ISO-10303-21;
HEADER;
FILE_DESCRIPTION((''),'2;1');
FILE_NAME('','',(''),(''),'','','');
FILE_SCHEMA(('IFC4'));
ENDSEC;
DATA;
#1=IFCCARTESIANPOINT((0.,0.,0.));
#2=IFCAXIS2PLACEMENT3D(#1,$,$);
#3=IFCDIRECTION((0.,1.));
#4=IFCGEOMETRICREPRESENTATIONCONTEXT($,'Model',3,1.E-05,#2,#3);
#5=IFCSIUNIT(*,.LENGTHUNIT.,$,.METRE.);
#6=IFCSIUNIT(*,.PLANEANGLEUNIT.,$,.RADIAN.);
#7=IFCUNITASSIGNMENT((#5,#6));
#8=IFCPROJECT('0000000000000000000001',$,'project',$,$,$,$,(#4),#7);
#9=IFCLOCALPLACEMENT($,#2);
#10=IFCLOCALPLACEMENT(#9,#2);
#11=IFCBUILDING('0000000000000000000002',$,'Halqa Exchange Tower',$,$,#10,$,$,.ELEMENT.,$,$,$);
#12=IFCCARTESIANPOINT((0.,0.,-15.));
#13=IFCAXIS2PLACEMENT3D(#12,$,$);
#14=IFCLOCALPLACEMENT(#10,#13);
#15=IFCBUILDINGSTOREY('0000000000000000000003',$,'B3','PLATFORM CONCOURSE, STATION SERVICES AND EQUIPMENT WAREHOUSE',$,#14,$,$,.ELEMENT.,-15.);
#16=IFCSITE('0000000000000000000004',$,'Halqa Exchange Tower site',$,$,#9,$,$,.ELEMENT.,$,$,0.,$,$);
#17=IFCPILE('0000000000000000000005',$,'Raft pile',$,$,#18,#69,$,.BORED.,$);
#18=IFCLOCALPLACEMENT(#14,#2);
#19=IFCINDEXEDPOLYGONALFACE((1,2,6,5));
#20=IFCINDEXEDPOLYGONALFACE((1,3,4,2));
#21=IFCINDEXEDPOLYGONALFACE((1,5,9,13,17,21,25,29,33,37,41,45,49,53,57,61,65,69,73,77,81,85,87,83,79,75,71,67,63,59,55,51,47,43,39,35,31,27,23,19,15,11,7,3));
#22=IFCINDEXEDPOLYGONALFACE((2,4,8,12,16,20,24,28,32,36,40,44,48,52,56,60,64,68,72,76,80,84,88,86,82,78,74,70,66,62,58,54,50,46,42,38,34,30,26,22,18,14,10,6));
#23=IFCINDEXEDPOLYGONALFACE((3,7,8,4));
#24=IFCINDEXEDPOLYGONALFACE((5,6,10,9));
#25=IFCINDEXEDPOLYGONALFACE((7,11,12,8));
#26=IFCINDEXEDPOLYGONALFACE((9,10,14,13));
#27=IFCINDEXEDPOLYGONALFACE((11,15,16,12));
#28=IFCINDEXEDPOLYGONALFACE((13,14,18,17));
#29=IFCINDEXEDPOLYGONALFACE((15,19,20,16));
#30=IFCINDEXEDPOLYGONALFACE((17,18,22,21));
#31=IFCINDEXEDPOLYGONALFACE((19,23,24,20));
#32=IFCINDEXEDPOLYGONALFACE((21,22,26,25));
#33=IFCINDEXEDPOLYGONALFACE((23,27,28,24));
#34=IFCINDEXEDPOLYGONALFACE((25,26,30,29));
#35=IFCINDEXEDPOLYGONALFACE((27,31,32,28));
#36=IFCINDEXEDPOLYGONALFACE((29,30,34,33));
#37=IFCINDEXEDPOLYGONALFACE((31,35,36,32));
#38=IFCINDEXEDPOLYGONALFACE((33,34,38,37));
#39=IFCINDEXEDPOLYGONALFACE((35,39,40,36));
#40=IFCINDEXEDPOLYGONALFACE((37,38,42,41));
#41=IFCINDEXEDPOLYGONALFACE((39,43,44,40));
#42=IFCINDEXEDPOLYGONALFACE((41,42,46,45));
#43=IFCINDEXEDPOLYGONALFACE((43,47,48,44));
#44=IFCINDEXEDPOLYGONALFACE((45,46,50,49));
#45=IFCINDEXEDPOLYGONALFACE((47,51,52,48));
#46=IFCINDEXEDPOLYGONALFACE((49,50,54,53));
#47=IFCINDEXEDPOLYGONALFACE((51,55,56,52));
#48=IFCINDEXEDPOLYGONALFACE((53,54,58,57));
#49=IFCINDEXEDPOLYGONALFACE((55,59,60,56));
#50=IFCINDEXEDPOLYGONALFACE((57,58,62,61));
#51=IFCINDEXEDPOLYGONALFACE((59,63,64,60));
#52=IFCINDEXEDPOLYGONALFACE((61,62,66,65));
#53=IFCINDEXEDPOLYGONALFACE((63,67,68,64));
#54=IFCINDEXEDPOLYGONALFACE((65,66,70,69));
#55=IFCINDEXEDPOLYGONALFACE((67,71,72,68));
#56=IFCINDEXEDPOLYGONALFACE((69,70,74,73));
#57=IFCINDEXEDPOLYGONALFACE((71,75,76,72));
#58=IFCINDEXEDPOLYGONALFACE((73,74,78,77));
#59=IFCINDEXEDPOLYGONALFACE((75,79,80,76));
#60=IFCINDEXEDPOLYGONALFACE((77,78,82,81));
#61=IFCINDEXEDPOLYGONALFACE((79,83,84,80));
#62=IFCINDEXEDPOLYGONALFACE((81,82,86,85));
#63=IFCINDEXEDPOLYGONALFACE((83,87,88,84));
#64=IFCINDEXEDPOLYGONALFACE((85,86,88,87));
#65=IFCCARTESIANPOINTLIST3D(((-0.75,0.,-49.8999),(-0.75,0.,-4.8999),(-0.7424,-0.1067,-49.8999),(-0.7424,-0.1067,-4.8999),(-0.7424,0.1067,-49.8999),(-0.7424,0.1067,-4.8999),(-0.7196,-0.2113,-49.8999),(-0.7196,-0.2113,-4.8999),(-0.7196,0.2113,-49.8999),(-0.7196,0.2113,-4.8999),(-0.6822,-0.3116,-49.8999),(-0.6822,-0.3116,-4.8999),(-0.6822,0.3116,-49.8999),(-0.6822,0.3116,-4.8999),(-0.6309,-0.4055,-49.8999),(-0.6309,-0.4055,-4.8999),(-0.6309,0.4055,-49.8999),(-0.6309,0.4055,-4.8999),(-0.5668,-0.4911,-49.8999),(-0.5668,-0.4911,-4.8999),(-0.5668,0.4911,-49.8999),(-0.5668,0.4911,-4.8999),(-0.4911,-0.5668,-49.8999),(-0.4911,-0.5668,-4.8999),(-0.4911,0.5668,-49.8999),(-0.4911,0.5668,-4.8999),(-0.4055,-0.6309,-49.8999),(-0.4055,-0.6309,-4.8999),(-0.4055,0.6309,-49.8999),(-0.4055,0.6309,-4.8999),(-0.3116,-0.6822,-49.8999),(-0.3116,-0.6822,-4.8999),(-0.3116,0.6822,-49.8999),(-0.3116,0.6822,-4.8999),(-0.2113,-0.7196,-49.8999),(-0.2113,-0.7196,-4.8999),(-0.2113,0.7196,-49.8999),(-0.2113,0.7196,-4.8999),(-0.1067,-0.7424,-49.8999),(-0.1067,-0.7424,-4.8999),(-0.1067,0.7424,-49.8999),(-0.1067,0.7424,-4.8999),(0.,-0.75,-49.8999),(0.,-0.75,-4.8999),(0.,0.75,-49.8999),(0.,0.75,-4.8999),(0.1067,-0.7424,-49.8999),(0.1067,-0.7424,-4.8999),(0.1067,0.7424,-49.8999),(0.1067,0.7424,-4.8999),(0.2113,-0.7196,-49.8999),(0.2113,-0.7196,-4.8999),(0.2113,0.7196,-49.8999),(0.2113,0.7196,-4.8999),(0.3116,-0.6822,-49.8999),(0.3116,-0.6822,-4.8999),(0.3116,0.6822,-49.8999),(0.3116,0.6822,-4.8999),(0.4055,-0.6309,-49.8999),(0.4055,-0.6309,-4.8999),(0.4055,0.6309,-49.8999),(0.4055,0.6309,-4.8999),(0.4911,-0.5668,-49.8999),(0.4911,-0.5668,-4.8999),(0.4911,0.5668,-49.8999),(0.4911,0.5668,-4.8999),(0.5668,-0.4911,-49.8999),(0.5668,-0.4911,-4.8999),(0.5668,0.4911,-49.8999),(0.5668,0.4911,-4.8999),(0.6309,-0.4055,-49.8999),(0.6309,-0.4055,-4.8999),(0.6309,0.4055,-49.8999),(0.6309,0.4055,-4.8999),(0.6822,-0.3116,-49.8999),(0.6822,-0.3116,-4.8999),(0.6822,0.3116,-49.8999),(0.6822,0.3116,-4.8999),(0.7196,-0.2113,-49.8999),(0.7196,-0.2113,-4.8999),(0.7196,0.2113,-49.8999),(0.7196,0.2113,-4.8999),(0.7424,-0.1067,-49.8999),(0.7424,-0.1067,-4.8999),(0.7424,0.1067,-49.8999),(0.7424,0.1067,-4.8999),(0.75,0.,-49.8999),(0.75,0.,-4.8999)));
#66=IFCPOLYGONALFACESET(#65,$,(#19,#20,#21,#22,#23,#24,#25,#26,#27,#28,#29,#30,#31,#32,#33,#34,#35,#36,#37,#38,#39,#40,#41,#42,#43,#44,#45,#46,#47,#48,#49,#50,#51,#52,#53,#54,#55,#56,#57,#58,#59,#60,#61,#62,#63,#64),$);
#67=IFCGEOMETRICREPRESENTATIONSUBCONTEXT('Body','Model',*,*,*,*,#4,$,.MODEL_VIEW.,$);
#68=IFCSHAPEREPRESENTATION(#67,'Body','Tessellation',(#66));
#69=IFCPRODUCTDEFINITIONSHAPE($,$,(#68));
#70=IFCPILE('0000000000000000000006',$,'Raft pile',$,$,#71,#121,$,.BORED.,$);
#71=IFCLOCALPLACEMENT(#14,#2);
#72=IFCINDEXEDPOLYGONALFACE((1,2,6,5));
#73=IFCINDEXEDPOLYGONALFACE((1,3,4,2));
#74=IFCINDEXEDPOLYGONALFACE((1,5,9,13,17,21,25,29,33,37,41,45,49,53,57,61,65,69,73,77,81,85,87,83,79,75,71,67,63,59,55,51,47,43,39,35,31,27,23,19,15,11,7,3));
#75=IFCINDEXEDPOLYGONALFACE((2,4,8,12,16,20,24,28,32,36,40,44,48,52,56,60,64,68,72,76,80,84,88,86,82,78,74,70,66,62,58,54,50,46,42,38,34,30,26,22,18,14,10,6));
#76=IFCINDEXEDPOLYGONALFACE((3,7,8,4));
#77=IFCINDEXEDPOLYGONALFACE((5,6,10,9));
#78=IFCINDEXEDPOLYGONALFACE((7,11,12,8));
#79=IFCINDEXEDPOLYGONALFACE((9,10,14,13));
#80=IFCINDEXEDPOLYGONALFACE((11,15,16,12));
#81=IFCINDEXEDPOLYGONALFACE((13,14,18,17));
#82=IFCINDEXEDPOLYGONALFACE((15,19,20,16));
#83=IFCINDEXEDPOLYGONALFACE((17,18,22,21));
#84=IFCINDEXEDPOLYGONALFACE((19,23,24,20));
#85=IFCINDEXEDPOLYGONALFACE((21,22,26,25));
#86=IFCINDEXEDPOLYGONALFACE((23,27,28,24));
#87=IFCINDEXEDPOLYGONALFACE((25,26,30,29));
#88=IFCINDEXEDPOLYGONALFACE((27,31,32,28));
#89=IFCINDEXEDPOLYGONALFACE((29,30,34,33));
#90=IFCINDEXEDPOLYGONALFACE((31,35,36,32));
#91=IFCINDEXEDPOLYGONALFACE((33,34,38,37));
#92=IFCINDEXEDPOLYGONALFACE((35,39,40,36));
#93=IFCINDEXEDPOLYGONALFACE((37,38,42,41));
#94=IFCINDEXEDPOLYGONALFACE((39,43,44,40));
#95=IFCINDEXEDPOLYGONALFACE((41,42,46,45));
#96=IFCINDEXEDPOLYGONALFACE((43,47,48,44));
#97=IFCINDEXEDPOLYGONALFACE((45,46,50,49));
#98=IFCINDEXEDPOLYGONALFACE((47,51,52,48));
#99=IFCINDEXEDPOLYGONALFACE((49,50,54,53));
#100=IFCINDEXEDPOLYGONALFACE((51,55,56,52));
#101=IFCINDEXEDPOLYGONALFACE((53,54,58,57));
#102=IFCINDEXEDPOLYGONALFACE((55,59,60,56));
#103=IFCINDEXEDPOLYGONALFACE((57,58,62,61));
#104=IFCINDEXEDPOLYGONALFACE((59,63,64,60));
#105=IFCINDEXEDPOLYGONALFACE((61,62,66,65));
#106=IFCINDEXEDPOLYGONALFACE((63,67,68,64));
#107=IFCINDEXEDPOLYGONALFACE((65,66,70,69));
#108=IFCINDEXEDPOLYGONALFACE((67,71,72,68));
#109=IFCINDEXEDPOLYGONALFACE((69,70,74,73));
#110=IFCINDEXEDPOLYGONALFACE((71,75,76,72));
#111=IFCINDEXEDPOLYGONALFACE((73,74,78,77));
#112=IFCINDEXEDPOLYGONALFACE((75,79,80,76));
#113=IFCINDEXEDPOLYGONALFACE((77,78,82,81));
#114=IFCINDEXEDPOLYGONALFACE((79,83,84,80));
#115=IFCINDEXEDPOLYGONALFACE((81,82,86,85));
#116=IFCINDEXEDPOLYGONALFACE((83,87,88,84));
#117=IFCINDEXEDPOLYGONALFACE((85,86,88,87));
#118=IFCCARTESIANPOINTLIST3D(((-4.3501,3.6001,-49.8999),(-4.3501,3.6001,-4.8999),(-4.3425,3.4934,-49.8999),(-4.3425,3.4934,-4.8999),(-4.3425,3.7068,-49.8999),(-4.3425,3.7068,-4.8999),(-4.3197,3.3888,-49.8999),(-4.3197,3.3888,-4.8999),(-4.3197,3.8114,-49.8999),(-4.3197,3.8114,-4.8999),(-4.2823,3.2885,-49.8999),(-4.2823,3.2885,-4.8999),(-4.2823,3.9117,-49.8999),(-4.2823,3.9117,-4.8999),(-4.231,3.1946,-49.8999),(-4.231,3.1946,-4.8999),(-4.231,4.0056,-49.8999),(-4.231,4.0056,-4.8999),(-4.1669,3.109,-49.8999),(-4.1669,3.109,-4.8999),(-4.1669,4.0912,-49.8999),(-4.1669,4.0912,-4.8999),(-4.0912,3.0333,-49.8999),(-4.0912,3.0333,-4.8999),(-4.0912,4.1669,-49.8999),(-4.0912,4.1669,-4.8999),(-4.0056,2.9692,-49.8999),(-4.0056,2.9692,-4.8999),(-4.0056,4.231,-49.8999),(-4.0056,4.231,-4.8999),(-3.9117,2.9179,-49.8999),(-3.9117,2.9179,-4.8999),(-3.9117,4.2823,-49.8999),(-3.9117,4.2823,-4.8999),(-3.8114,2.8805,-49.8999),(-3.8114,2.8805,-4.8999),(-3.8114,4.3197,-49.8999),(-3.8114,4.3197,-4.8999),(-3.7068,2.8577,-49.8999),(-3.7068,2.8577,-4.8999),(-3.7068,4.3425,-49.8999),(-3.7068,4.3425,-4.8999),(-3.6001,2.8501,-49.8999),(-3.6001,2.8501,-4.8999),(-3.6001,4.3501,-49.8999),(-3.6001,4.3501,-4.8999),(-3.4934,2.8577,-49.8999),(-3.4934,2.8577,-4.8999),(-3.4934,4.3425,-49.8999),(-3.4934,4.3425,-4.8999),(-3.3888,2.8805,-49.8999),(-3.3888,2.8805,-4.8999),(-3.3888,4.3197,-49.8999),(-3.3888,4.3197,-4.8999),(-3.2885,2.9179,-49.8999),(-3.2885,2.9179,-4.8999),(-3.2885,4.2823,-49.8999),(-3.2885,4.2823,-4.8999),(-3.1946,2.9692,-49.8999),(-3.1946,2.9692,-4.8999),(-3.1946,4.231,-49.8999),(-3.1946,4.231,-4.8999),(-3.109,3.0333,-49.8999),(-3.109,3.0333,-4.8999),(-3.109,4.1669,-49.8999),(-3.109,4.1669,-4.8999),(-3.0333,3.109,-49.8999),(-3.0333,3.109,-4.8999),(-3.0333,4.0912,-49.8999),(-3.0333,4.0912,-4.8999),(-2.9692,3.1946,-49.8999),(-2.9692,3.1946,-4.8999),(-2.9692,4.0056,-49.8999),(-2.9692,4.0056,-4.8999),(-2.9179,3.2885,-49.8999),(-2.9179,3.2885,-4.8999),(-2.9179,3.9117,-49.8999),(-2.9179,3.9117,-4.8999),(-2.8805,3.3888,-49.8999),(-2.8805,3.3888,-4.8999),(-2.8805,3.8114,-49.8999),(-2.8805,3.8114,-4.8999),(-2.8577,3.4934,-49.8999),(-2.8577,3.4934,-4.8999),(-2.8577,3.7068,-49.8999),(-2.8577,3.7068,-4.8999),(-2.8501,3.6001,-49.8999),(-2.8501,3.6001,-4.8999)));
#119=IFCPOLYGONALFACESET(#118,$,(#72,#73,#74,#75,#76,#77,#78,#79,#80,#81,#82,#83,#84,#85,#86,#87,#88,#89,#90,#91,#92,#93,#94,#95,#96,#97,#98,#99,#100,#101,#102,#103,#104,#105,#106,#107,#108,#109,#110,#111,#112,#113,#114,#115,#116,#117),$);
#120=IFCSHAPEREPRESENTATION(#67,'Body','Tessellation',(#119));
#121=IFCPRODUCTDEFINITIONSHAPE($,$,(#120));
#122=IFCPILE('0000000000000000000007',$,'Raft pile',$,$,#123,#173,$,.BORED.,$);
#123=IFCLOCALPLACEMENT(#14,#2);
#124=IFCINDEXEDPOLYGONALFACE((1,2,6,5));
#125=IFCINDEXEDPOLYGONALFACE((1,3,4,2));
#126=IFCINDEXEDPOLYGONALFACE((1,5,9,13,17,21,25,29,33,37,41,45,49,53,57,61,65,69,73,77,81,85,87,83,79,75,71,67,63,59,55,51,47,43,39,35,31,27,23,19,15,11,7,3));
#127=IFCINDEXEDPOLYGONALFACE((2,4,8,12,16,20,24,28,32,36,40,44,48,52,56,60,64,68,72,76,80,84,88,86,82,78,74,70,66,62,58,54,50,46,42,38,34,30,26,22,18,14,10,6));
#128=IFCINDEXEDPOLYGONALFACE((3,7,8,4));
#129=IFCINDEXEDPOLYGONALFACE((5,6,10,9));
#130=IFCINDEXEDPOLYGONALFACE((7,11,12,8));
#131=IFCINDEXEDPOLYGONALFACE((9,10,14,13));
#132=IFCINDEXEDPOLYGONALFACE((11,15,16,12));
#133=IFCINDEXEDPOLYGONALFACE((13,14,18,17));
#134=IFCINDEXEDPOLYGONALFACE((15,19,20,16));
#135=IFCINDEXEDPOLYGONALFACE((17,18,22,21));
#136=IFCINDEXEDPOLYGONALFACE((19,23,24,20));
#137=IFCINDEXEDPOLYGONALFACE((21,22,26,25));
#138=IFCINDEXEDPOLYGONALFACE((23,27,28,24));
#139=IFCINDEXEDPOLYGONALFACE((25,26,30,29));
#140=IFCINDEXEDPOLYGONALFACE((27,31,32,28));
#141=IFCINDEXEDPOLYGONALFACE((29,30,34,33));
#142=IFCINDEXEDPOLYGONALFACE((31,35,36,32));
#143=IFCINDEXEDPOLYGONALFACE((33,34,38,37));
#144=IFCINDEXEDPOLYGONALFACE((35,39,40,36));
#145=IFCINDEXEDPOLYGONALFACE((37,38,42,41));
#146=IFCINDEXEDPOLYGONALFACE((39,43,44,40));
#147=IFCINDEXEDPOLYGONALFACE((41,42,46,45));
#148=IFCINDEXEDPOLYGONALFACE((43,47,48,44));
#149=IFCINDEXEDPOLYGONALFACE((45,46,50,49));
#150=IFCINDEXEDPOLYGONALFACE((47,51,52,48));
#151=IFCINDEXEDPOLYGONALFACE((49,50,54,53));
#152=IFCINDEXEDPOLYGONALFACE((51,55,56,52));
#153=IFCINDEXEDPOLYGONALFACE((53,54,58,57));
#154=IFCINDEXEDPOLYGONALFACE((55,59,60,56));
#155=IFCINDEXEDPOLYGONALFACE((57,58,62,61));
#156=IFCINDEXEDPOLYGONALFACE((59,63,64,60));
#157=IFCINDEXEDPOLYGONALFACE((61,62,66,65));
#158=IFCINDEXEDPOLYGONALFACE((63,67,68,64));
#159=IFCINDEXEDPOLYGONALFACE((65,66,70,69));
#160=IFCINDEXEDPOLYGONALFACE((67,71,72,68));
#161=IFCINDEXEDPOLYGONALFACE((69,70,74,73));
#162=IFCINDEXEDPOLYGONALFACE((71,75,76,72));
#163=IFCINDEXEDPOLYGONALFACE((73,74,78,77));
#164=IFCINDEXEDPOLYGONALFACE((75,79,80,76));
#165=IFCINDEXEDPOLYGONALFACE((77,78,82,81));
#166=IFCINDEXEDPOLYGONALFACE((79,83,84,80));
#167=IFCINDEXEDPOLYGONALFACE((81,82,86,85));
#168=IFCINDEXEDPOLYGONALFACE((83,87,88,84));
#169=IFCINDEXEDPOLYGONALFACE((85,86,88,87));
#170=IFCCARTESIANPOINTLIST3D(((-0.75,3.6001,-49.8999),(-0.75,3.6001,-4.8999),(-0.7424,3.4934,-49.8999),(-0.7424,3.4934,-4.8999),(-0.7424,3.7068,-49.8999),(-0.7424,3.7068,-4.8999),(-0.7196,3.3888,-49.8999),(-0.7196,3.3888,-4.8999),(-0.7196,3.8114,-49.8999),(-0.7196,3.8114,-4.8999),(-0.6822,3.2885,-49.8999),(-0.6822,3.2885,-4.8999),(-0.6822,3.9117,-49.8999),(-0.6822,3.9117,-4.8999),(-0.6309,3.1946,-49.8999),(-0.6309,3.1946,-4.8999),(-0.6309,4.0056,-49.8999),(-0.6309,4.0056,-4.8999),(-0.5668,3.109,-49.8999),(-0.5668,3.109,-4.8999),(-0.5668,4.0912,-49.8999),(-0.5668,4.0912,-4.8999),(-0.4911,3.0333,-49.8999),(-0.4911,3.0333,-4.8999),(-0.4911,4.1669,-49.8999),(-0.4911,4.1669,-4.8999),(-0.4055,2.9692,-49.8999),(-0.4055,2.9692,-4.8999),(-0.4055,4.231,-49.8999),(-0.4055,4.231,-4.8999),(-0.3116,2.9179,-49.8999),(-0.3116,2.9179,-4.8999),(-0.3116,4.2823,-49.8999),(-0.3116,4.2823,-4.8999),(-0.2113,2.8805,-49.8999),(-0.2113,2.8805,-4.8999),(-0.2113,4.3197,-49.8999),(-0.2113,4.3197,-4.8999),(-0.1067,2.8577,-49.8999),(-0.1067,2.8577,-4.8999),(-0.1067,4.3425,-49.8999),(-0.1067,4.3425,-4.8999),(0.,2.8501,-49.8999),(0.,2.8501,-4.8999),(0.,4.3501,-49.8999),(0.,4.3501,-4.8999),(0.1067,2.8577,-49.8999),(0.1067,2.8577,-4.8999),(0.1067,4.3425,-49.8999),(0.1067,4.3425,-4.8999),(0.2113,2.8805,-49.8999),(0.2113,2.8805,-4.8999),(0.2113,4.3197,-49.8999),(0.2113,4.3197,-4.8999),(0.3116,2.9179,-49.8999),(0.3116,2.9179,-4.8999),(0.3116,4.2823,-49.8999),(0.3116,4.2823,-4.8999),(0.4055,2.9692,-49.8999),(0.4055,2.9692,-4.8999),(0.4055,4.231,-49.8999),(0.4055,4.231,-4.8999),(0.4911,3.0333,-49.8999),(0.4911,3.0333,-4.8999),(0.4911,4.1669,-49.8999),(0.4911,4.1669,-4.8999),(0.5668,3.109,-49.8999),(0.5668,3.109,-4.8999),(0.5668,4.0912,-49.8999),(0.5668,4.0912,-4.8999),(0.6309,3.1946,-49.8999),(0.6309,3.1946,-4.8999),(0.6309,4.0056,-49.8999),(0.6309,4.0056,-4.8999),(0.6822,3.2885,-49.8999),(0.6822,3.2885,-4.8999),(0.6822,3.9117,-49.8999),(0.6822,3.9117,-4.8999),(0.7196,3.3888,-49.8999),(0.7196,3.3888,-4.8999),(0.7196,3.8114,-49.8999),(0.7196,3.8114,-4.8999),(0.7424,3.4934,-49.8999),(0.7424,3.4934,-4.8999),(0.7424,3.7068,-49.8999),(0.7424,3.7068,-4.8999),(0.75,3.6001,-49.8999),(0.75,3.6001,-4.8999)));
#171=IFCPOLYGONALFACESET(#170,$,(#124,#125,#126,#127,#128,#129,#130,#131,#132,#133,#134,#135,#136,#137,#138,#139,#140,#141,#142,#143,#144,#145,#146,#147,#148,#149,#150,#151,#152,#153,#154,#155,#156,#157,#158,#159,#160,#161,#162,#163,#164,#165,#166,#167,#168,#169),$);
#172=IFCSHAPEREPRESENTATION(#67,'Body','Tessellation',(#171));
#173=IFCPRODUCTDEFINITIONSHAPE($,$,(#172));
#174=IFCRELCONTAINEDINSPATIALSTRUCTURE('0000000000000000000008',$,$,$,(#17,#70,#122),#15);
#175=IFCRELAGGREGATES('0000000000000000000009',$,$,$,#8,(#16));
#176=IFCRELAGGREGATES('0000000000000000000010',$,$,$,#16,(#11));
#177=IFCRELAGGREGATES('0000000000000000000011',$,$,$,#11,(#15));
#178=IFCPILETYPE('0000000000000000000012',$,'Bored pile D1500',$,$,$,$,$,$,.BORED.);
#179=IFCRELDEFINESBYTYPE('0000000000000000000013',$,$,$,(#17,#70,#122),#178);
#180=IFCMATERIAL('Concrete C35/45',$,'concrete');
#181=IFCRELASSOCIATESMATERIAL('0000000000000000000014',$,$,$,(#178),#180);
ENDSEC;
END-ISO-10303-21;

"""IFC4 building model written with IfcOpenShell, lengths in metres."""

from ifc_helpers import new_model, si_unit, direction, frame, origin, origin_2d, place, context, subcontext, project, spatial, circle, extrude, material, material_profile, profile_set, type_object, element, save


model = new_model("IFC4")

# Units and contexts
model_context = context("Model", 3, precision=1e-05, world=origin(), true_north=direction((0.0, 1.0)))
body_context = subcontext(model_context, "Body", "Model", "MODEL_VIEW")
ifc_project = project(units=[si_unit("LENGTHUNIT", "METRE"), si_unit("PLANEANGLEUNIT", "RADIAN")], contexts=[model_context])

# Site, building, storey
site_placement = place(None, origin())
site = spatial("IfcSite", under=ifc_project, at=site_placement, Name="Halqa Exchange Tower site", CompositionType="ELEMENT", RefElevation=0.0)
building_placement = place(site_placement, origin())
building = spatial("IfcBuilding", under=site, at=building_placement, Name="Halqa Exchange Tower", CompositionType="ELEMENT")
storey_placement = place(building_placement, frame((0.0, 0.0, -15.0)))
storey = spatial("IfcBuildingStorey", under=building, at=storey_placement, Name="B3", Description="PLATFORM CONCOURSE, STATION SERVICES AND EQUIPMENT WAREHOUSE", CompositionType="ELEMENT", Elevation=-15.0)

# Piles
ifc_material_1 = material(Name="Concrete C35/45", Category="concrete")
ifc_material_profile = material_profile(ifc_material_1, circle(Radius=0.75, at=origin_2d()), Name="D1500")
ifc_profile_set = profile_set([ifc_material_profile], Name="Concrete C35/45")
pile_type = type_object("IfcPileType", Name="Bored pile D1500", PredefinedType="BORED", material=ifc_profile_set)
for number, where, z_axis, x_axis, name in (
    (1, (0.0, 0.0, -4.8999), (0.0, 0.0, -1.0), (1.0, 0.0, 0.0), "Raft pile"),
    (2, (-3.6001, 3.6001, -4.8999), (0.0, 0.0, -1.0), (1.0, 0.0, 0.0), "Raft pile"),
    (3, (0.0, 3.6001, -4.8999), (0.0, 0.0, -1.0), (1.0, 0.0, 0.0), "Raft pile"),
):
    element("IfcPile", number, at=place(storey_placement, frame(where, z_axis=z_axis, x_axis=x_axis)), inside=storey, type_object=pile_type, Name=name, PredefinedType="BORED", context=body_context, shape_type="SweptSolid", body=[
        extrude(circle(Radius=0.75, at=origin_2d()), origin(), (0.0, 0.0, 1.0), 45.0),
    ])

save(model, "model.ifc")
